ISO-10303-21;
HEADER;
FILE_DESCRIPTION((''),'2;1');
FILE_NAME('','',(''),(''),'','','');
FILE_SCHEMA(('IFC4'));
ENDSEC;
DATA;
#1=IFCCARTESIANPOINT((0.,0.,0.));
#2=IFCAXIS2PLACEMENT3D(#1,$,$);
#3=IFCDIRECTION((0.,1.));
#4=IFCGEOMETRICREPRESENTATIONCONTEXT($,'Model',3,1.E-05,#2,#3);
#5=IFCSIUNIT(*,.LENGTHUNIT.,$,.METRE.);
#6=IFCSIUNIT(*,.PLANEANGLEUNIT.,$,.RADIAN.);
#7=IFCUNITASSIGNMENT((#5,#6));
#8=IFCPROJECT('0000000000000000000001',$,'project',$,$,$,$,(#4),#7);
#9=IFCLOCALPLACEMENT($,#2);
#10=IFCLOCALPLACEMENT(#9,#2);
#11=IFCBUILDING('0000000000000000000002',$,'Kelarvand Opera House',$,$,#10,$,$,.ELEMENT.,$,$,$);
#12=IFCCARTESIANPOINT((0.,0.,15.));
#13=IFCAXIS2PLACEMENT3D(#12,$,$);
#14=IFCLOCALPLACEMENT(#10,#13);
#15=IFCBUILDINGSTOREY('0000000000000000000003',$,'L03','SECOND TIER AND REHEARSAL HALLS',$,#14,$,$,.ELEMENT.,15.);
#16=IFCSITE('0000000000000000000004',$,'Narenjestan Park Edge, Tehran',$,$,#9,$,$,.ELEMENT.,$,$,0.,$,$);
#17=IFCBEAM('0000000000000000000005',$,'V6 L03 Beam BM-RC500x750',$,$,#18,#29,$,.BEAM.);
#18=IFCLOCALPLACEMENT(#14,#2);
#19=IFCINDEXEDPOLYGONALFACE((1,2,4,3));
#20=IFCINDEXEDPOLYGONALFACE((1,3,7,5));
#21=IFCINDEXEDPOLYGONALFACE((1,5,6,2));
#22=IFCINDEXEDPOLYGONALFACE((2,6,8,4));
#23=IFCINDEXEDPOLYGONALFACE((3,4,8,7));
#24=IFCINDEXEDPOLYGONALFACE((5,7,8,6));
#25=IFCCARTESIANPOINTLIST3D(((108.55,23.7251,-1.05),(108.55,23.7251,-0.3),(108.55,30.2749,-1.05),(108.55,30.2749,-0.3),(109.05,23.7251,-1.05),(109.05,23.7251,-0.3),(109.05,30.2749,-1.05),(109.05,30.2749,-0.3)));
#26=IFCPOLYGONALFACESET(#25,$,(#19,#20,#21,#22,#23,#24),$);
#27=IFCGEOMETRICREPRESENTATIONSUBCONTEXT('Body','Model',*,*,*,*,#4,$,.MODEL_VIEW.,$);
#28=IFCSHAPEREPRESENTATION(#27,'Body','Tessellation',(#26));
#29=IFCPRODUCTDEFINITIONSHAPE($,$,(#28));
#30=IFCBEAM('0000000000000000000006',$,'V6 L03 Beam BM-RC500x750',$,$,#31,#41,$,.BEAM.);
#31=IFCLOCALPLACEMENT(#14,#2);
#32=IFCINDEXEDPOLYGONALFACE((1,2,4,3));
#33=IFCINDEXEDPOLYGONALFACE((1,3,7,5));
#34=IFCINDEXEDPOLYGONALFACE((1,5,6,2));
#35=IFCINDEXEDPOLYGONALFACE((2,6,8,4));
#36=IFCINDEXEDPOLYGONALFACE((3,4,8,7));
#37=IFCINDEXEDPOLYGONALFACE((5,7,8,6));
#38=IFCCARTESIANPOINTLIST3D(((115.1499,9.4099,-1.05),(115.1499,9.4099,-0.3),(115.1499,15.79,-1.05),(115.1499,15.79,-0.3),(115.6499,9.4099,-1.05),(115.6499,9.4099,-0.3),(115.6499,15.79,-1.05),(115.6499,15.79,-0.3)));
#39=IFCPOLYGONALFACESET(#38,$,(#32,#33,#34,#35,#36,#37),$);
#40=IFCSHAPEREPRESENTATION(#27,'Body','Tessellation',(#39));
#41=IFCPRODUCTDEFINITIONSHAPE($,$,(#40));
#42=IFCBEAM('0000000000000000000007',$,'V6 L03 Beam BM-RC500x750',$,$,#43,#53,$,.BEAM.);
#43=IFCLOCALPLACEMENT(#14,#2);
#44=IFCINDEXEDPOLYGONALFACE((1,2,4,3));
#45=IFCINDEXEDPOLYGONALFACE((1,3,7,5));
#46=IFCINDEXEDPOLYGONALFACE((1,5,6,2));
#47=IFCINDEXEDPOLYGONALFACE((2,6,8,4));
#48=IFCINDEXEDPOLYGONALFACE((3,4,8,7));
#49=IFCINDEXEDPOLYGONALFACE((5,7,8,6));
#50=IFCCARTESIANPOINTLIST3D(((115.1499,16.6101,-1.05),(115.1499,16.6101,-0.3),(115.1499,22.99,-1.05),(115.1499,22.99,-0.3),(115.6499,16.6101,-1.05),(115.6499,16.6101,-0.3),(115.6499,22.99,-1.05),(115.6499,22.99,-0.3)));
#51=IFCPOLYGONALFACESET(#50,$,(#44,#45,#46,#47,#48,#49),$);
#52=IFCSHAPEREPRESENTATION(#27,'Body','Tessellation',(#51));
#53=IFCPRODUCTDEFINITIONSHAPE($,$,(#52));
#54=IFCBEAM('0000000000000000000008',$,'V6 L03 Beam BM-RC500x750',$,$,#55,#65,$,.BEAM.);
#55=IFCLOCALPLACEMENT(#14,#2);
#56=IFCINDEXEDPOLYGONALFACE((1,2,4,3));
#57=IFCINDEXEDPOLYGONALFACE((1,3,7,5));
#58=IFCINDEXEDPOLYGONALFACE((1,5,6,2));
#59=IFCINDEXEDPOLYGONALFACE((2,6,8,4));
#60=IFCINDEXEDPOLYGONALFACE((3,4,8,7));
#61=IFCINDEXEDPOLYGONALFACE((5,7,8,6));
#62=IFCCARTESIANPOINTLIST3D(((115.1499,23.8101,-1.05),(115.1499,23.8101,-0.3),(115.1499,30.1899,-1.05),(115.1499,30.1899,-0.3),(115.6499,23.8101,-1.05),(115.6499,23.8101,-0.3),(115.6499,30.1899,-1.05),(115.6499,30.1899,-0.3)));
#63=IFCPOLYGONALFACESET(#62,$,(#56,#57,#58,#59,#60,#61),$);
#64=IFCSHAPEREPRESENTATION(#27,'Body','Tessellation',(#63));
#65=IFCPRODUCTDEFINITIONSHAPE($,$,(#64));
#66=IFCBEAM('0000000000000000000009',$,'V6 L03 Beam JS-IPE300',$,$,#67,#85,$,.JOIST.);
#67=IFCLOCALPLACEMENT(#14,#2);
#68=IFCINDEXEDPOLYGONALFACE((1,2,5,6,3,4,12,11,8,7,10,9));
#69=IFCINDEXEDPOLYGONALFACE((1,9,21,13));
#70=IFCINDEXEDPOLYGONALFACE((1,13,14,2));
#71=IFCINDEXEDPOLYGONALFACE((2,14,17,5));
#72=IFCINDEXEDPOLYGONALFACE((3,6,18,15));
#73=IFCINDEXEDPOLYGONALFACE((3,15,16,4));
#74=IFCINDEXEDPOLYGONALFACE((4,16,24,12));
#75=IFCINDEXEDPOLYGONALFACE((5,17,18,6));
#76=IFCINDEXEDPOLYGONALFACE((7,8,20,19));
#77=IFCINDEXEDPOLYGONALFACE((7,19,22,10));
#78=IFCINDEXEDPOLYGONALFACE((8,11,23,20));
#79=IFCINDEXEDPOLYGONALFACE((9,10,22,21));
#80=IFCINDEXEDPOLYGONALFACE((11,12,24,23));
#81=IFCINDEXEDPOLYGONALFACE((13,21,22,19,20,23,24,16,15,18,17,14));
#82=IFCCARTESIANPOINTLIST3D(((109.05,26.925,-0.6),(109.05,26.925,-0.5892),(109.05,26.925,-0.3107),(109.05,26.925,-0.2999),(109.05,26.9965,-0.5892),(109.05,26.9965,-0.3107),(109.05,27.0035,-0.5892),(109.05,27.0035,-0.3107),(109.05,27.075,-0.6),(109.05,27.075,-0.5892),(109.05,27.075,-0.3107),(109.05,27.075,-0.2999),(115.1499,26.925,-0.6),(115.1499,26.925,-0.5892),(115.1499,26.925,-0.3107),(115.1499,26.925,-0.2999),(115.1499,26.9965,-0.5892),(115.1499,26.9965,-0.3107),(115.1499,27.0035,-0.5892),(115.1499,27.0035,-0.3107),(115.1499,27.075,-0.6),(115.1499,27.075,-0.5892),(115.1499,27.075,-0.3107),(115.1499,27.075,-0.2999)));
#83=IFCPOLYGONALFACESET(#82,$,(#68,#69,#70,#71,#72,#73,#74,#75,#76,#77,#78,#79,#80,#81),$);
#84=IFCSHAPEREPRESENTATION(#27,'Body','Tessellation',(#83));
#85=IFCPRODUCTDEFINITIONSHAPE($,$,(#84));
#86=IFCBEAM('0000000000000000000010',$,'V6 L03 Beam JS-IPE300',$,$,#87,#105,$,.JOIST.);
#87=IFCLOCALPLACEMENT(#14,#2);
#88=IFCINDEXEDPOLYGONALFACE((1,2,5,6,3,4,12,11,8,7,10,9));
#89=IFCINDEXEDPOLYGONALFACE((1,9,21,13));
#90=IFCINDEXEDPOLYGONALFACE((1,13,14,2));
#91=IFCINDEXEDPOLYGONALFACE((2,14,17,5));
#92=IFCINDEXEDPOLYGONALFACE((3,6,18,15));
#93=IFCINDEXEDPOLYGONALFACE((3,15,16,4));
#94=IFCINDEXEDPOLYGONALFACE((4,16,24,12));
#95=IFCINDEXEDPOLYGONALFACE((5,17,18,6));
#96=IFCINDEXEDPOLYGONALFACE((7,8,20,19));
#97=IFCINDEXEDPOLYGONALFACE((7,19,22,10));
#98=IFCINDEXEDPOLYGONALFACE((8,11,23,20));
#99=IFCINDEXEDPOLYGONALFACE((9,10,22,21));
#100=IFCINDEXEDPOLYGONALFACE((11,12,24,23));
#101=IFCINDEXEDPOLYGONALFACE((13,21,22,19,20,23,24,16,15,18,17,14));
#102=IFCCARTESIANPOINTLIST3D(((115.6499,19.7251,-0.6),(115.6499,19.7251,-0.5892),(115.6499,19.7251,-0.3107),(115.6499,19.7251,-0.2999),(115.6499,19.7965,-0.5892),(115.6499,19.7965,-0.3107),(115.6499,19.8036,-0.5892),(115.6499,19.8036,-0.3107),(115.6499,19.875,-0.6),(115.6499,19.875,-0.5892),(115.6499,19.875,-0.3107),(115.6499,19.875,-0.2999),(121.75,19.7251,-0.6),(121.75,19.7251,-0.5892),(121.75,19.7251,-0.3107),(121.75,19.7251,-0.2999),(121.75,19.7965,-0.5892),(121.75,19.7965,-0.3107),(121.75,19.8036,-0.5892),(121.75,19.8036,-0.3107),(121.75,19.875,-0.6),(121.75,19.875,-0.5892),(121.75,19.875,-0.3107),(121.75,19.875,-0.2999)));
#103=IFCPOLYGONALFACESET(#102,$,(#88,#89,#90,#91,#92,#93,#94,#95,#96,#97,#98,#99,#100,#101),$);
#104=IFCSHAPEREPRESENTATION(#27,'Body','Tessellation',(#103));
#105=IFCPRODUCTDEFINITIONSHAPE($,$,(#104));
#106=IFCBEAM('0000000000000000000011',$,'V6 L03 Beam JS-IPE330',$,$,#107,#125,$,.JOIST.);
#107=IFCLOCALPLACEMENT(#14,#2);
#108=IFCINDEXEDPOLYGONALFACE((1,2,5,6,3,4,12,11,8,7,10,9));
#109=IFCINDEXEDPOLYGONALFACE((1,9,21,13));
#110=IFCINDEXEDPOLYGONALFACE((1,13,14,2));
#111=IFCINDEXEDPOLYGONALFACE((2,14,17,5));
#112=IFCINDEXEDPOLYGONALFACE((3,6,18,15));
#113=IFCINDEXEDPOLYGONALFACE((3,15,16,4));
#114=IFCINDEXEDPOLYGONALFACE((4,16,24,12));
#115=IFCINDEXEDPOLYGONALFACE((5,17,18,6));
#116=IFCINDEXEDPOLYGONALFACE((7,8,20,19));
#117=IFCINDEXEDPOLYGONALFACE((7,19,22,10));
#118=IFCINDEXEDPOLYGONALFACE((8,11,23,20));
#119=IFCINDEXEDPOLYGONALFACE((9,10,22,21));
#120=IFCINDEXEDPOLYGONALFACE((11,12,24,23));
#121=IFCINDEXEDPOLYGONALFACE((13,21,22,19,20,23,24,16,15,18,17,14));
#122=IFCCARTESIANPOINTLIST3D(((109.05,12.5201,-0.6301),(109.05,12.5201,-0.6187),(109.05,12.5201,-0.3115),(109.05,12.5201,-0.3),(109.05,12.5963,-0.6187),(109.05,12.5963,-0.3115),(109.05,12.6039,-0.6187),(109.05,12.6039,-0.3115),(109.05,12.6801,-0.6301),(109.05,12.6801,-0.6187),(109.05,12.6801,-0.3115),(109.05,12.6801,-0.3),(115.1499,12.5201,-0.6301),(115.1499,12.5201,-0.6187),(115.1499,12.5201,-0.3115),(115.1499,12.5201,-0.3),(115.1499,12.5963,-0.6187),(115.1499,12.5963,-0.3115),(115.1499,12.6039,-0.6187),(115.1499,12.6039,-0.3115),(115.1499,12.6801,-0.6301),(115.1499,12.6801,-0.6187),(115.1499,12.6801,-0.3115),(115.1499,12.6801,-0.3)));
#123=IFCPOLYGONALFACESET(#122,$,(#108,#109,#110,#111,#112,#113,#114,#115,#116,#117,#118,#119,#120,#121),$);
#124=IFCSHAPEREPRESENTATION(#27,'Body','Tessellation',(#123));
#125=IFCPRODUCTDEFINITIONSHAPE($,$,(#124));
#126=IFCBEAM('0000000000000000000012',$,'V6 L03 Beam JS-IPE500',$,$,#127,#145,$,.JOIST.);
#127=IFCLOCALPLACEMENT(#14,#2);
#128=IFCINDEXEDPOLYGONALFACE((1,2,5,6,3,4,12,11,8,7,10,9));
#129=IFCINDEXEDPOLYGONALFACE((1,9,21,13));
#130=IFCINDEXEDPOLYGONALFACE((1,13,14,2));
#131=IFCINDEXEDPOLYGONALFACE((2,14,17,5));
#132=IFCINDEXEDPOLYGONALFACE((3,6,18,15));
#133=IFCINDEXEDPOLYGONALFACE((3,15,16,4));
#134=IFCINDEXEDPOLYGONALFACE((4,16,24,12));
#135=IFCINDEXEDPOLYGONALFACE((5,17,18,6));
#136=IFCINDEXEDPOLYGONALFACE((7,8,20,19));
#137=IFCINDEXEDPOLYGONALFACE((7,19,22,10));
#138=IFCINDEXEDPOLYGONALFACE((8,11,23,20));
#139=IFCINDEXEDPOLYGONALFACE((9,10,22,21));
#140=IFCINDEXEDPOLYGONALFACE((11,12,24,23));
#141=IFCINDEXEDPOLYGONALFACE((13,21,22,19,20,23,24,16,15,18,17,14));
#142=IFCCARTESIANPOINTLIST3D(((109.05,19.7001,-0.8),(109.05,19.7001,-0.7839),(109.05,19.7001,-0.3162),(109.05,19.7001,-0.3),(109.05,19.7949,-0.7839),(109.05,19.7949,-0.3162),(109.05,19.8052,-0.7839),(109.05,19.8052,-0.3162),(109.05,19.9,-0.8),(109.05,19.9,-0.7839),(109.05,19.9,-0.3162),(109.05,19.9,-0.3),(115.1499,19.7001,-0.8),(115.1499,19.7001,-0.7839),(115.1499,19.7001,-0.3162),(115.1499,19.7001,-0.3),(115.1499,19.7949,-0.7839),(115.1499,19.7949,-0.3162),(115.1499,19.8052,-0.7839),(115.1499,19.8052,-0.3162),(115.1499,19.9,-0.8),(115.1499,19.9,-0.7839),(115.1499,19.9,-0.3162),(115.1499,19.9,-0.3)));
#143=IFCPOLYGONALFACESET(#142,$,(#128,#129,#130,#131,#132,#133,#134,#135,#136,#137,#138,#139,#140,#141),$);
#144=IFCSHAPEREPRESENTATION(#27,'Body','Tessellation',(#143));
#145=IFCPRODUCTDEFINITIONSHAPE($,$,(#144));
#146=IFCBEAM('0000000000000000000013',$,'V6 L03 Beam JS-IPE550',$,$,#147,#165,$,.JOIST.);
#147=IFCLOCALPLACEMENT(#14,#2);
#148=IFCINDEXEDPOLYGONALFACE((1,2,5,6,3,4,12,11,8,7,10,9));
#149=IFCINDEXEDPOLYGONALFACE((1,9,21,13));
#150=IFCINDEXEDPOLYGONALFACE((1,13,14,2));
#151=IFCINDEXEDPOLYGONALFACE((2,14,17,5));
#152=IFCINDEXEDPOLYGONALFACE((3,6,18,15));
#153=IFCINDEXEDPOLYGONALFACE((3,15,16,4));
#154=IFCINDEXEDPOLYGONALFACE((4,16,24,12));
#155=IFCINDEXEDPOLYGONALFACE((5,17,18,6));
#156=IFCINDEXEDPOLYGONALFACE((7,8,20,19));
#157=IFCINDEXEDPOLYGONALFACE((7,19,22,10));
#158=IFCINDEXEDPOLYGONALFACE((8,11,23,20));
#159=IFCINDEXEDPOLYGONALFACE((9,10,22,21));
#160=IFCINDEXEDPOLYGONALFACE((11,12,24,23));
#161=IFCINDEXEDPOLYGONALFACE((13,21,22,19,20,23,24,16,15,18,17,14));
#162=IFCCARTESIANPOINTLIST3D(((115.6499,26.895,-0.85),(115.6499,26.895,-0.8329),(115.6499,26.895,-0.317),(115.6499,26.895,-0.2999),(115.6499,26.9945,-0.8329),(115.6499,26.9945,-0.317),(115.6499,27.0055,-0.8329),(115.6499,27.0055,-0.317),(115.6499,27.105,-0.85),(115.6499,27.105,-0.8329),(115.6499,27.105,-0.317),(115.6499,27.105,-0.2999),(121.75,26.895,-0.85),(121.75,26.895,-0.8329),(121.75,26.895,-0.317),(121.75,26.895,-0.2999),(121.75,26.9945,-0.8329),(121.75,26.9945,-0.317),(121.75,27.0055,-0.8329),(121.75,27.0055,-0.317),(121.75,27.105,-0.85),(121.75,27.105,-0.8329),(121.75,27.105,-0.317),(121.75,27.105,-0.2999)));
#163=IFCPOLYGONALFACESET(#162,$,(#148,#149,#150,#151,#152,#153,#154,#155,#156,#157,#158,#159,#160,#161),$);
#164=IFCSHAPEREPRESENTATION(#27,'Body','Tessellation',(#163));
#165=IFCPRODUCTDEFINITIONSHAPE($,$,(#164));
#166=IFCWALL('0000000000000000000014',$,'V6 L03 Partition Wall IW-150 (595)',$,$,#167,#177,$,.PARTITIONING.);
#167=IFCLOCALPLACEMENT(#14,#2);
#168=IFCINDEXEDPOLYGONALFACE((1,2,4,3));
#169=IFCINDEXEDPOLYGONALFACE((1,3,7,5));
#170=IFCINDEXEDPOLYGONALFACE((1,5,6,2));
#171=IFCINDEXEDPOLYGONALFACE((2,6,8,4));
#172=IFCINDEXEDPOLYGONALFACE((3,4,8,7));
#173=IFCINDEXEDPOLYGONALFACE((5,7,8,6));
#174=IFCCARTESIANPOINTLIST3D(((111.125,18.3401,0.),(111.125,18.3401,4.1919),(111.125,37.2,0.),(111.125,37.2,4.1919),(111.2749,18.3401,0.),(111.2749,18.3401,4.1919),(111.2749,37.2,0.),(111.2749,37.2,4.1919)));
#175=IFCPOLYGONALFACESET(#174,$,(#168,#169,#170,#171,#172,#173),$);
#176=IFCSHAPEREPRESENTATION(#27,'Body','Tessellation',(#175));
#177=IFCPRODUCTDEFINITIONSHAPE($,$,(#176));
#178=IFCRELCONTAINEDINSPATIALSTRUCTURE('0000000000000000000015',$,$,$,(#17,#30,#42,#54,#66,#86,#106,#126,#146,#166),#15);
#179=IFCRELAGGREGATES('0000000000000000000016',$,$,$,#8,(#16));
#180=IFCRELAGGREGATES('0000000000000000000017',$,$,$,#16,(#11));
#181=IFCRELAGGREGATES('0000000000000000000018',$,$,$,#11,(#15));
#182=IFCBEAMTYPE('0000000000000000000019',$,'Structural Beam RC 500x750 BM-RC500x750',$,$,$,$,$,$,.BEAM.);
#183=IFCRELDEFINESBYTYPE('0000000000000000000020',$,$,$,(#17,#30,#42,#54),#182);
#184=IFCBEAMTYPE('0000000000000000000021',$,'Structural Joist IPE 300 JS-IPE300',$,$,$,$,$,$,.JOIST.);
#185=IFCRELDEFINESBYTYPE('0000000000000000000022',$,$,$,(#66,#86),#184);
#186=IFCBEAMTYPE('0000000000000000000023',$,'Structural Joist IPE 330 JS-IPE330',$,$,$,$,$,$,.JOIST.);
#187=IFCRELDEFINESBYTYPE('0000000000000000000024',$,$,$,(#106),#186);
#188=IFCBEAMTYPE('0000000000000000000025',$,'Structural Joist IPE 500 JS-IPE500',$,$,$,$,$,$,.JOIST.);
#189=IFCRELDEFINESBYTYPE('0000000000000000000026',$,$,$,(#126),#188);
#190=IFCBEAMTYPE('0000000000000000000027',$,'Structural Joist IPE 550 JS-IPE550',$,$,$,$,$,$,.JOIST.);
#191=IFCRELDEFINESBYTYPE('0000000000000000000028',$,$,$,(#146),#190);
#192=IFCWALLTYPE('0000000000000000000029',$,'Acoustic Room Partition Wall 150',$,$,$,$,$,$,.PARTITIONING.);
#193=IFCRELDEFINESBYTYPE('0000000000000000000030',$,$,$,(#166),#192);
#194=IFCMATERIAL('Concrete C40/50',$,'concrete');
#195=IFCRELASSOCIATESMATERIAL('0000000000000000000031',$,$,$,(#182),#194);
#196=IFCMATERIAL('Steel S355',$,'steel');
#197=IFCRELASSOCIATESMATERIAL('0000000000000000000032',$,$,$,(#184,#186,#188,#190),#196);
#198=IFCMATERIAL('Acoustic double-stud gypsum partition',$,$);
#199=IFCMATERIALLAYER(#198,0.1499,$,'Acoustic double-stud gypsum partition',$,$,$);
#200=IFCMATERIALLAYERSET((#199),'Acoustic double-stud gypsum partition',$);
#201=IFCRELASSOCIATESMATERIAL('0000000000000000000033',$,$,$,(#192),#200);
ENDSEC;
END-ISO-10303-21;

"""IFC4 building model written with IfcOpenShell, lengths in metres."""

from ifc_helpers import new_model, si_unit, direction, frame, frame_2d, origin, origin_2d, place, context, subcontext, project, spatial, rectangle, i_section, extrude, material, layer, layer_set, material_profile, profile_set, type_object, element, save


model = new_model("IFC4")

# Units and contexts
model_context = context("Model", 3, precision=1e-05, world=origin(), true_north=direction((0.0, 1.0)))
body_context = subcontext(model_context, "Body", "Model", "MODEL_VIEW")
ifc_project = project(units=[si_unit("LENGTHUNIT", "METRE"), si_unit("PLANEANGLEUNIT", "RADIAN")], contexts=[model_context])

# Site, building, storey
site_placement = place(None, origin())
site = spatial("IfcSite", under=ifc_project, at=site_placement, Name="Narenjestan Park Edge, Tehran", CompositionType="ELEMENT", RefElevation=0.0)
building_placement = place(site_placement, origin())
building = spatial("IfcBuilding", under=site, at=building_placement, Name="Kelarvand Opera House", CompositionType="ELEMENT")
storey_placement = place(building_placement, frame((0.0, 0.0, 15.0)))
storey = spatial("IfcBuildingStorey", under=building, at=storey_placement, Name="L03", Description="SECOND TIER AND REHEARSAL HALLS", CompositionType="ELEMENT", Elevation=15.0)

# Shared definitions
ifc_material_1 = material(Name="Concrete C40/50", Category="concrete")

# Beams
ifc_material_profile_1 = material_profile(ifc_material_1, rectangle(XDim=0.5, YDim=0.75, at=origin_2d()), Name="RC 500x750", Category="concrete")
ifc_profile_set_1 = profile_set([ifc_material_profile_1], Name="Concrete C40/50")
beam_type_1 = type_object("IfcBeamType", Name="Structural Beam RC 500x750 BM-RC500x750", PredefinedType="BEAM", material=ifc_profile_set_1)
beam_1_placement = place(storey_placement, frame((108.8, 23.7251, -0.675), z_axis=(0.0, 1.0, 0.0), x_axis=(-1.0, 0.0, 0.0)))
element("IfcBeam", 1, at=beam_1_placement, inside=storey, type_object=beam_type_1, Name="V6 L03 Beam BM-RC500x750", PredefinedType="BEAM", context=body_context, shape_type="SweptSolid", body=[
    extrude(rectangle(XDim=0.5, YDim=0.75, at=origin_2d()), origin(), (0.0, 0.0, 1.0), 6.5498),
])
beam_2_placement = place(storey_placement, frame((115.3999, 9.4099, -0.675), z_axis=(0.0, 1.0, 0.0), x_axis=(-1.0, 0.0, 0.0)))
element("IfcBeam", 2, at=beam_2_placement, inside=storey, type_object=beam_type_1, Name="V6 L03 Beam BM-RC500x750", PredefinedType="BEAM", context=body_context, shape_type="SweptSolid", body=[
    extrude(rectangle(XDim=0.5, YDim=0.75, at=origin_2d()), origin(), (0.0, 0.0, 1.0), 6.3801),
])
for number, where, z_axis, x_axis, name in (
    (3, (115.3999, 16.6101, -0.675), (0.0, 1.0, 0.0), (-1.0, 0.0, 0.0), "V6 L03 Beam BM-RC500x750"),
    (4, (115.3999, 23.8101, -0.675), (0.0, 1.0, 0.0), (-1.0, 0.0, 0.0), "V6 L03 Beam BM-RC500x750"),
):
    element("IfcBeam", number, at=place(storey_placement, frame(where, z_axis=z_axis, x_axis=x_axis)), inside=storey, type_object=beam_type_1, Name=name, PredefinedType="BEAM", context=body_context, shape_type="SweptSolid", body=[
        extrude(rectangle(XDim=0.5, YDim=0.75, at=origin_2d()), origin(), (0.0, 0.0, 1.0), 6.3799),
    ])
ifc_material_2 = material(Name="Steel S355", Category="steel")
ifc_material_profile_2 = material_profile(ifc_material_2, i_section(OverallWidth=0.1499, OverallDepth=0.3, WebThickness=0.0071, FlangeThickness=0.0107, at=origin_2d()), Name="IPE 300", Category="steel")
ifc_profile_set_2 = profile_set([ifc_material_profile_2], Name="Steel S355")
beam_type_2 = type_object("IfcBeamType", Name="Structural Joist IPE 300 JS-IPE300", PredefinedType="JOIST", material=ifc_profile_set_2)
beam_3_placement = place(storey_placement, frame((109.05, 27.0, -0.45), z_axis=(1.0, 0.0, 0.0), x_axis=(0.0, 1.0, 0.0)))
element("IfcBeam", 5, at=beam_3_placement, inside=storey, type_object=beam_type_2, Name="V6 L03 Beam JS-IPE300", PredefinedType="JOIST", context=body_context, shape_type="SweptSolid", body=[
    extrude(i_section(OverallWidth=0.1499, OverallDepth=0.3, WebThickness=0.0071, FlangeThickness=0.0107, at=origin_2d()), origin(), (0.0, 0.0, 1.0), 6.0999),
])
beam_4_placement = place(storey_placement, frame((115.6499, 19.8, -0.45), z_axis=(1.0, 0.0, 0.0), x_axis=(0.0, 1.0, 0.0)))
element("IfcBeam", 6, at=beam_4_placement, inside=storey, type_object=beam_type_2, Name="V6 L03 Beam JS-IPE300", PredefinedType="JOIST", context=body_context, shape_type="SweptSolid", body=[
    extrude(i_section(OverallWidth=0.1499, OverallDepth=0.3, WebThickness=0.0071, FlangeThickness=0.0107, at=origin_2d()), origin(), (0.0, 0.0, 1.0), 6.1001),
])
ifc_material_profile_3 = material_profile(ifc_material_2, i_section(OverallWidth=0.1599, OverallDepth=0.3301, WebThickness=0.0076, FlangeThickness=0.0115, at=origin_2d()), Name="IPE 330", Category="steel")
ifc_profile_set_3 = profile_set([ifc_material_profile_3], Name="Steel S355")
beam_type_3 = type_object("IfcBeamType", Name="Structural Joist IPE 330 JS-IPE330", PredefinedType="JOIST", material=ifc_profile_set_3)
beam_5_placement = place(storey_placement, frame((109.05, 12.6001, -0.4651), z_axis=(1.0, 0.0, 0.0), x_axis=(0.0, 1.0, 0.0)))
element("IfcBeam", 7, at=beam_5_placement, inside=storey, type_object=beam_type_3, Name="V6 L03 Beam JS-IPE330", PredefinedType="JOIST", context=body_context, shape_type="SweptSolid", body=[
    extrude(i_section(OverallWidth=0.1599, OverallDepth=0.3301, WebThickness=0.0076, FlangeThickness=0.0115, at=origin_2d()), origin(), (0.0, 0.0, 1.0), 6.0999),
])
ifc_material_profile_4 = material_profile(ifc_material_2, i_section(OverallWidth=0.2, OverallDepth=0.5, WebThickness=0.0103, FlangeThickness=0.0161, at=origin_2d()), Name="IPE 500", Category="steel")
ifc_profile_set_4 = profile_set([ifc_material_profile_4], Name="Steel S355")
beam_type_4 = type_object("IfcBeamType", Name="Structural Joist IPE 500 JS-IPE500", PredefinedType="JOIST", material=ifc_profile_set_4)
beam_6_placement = place(storey_placement, frame((109.05, 19.8, -0.55), z_axis=(1.0, 0.0, 0.0), x_axis=(0.0, 1.0, 0.0)))
element("IfcBeam", 8, at=beam_6_placement, inside=storey, type_object=beam_type_4, Name="V6 L03 Beam JS-IPE500", PredefinedType="JOIST", context=body_context, shape_type="SweptSolid", body=[
    extrude(i_section(OverallWidth=0.2, OverallDepth=0.5, WebThickness=0.0103, FlangeThickness=0.0161, at=origin_2d()), origin(), (0.0, 0.0, 1.0), 6.0999),
])
ifc_material_profile_5 = material_profile(ifc_material_2, i_section(OverallWidth=0.21, OverallDepth=0.55, WebThickness=0.011, FlangeThickness=0.0171, at=origin_2d()), Name="IPE 550", Category="steel")
ifc_profile_set_5 = profile_set([ifc_material_profile_5], Name="Steel S355")
beam_type_5 = type_object("IfcBeamType", Name="Structural Joist IPE 550 JS-IPE550", PredefinedType="JOIST", material=ifc_profile_set_5)
beam_7_placement = place(storey_placement, frame((115.6499, 27.0, -0.575), z_axis=(1.0, 0.0, 0.0), x_axis=(0.0, 1.0, 0.0)))
element("IfcBeam", 9, at=beam_7_placement, inside=storey, type_object=beam_type_5, Name="V6 L03 Beam JS-IPE550", PredefinedType="JOIST", context=body_context, shape_type="SweptSolid", body=[
    extrude(i_section(OverallWidth=0.21, OverallDepth=0.55, WebThickness=0.011, FlangeThickness=0.0171, at=origin_2d()), origin(), (0.0, 0.0, 1.0), 6.1001),
])

# Wall
ifc_material_3 = material(Name="Acoustic double-stud gypsum partition")
ifc_layer_1 = layer(ifc_material_3, 0.1499, Name="Acoustic double-stud gypsum partition")
ifc_layer_set_1 = layer_set([ifc_layer_1], Name="Acoustic double-stud gypsum partition")
wall_type_1 = type_object("IfcWallType", Name="Acoustic Room Partition Wall 150", PredefinedType="PARTITIONING", material=ifc_layer_set_1)
wall_1_placement = place(storey_placement, frame((111.2, 18.3401, 0.0), z_axis=(0.0, 0.0, 1.0), x_axis=(0.0, 1.0, 0.0)))
element("IfcWall", 10, at=wall_1_placement, inside=storey, type_object=wall_type_1, Name="V6 L03 Partition Wall IW-150 (595)", PredefinedType="PARTITIONING", context=body_context, shape_type="SweptSolid", body=[
    extrude(rectangle(XDim=18.8599, YDim=0.1499, at=frame_2d((9.4299, 0.0))), origin(), (0.0, 0.0, 1.0), 4.1919),
])

save(model, "model.ifc")
